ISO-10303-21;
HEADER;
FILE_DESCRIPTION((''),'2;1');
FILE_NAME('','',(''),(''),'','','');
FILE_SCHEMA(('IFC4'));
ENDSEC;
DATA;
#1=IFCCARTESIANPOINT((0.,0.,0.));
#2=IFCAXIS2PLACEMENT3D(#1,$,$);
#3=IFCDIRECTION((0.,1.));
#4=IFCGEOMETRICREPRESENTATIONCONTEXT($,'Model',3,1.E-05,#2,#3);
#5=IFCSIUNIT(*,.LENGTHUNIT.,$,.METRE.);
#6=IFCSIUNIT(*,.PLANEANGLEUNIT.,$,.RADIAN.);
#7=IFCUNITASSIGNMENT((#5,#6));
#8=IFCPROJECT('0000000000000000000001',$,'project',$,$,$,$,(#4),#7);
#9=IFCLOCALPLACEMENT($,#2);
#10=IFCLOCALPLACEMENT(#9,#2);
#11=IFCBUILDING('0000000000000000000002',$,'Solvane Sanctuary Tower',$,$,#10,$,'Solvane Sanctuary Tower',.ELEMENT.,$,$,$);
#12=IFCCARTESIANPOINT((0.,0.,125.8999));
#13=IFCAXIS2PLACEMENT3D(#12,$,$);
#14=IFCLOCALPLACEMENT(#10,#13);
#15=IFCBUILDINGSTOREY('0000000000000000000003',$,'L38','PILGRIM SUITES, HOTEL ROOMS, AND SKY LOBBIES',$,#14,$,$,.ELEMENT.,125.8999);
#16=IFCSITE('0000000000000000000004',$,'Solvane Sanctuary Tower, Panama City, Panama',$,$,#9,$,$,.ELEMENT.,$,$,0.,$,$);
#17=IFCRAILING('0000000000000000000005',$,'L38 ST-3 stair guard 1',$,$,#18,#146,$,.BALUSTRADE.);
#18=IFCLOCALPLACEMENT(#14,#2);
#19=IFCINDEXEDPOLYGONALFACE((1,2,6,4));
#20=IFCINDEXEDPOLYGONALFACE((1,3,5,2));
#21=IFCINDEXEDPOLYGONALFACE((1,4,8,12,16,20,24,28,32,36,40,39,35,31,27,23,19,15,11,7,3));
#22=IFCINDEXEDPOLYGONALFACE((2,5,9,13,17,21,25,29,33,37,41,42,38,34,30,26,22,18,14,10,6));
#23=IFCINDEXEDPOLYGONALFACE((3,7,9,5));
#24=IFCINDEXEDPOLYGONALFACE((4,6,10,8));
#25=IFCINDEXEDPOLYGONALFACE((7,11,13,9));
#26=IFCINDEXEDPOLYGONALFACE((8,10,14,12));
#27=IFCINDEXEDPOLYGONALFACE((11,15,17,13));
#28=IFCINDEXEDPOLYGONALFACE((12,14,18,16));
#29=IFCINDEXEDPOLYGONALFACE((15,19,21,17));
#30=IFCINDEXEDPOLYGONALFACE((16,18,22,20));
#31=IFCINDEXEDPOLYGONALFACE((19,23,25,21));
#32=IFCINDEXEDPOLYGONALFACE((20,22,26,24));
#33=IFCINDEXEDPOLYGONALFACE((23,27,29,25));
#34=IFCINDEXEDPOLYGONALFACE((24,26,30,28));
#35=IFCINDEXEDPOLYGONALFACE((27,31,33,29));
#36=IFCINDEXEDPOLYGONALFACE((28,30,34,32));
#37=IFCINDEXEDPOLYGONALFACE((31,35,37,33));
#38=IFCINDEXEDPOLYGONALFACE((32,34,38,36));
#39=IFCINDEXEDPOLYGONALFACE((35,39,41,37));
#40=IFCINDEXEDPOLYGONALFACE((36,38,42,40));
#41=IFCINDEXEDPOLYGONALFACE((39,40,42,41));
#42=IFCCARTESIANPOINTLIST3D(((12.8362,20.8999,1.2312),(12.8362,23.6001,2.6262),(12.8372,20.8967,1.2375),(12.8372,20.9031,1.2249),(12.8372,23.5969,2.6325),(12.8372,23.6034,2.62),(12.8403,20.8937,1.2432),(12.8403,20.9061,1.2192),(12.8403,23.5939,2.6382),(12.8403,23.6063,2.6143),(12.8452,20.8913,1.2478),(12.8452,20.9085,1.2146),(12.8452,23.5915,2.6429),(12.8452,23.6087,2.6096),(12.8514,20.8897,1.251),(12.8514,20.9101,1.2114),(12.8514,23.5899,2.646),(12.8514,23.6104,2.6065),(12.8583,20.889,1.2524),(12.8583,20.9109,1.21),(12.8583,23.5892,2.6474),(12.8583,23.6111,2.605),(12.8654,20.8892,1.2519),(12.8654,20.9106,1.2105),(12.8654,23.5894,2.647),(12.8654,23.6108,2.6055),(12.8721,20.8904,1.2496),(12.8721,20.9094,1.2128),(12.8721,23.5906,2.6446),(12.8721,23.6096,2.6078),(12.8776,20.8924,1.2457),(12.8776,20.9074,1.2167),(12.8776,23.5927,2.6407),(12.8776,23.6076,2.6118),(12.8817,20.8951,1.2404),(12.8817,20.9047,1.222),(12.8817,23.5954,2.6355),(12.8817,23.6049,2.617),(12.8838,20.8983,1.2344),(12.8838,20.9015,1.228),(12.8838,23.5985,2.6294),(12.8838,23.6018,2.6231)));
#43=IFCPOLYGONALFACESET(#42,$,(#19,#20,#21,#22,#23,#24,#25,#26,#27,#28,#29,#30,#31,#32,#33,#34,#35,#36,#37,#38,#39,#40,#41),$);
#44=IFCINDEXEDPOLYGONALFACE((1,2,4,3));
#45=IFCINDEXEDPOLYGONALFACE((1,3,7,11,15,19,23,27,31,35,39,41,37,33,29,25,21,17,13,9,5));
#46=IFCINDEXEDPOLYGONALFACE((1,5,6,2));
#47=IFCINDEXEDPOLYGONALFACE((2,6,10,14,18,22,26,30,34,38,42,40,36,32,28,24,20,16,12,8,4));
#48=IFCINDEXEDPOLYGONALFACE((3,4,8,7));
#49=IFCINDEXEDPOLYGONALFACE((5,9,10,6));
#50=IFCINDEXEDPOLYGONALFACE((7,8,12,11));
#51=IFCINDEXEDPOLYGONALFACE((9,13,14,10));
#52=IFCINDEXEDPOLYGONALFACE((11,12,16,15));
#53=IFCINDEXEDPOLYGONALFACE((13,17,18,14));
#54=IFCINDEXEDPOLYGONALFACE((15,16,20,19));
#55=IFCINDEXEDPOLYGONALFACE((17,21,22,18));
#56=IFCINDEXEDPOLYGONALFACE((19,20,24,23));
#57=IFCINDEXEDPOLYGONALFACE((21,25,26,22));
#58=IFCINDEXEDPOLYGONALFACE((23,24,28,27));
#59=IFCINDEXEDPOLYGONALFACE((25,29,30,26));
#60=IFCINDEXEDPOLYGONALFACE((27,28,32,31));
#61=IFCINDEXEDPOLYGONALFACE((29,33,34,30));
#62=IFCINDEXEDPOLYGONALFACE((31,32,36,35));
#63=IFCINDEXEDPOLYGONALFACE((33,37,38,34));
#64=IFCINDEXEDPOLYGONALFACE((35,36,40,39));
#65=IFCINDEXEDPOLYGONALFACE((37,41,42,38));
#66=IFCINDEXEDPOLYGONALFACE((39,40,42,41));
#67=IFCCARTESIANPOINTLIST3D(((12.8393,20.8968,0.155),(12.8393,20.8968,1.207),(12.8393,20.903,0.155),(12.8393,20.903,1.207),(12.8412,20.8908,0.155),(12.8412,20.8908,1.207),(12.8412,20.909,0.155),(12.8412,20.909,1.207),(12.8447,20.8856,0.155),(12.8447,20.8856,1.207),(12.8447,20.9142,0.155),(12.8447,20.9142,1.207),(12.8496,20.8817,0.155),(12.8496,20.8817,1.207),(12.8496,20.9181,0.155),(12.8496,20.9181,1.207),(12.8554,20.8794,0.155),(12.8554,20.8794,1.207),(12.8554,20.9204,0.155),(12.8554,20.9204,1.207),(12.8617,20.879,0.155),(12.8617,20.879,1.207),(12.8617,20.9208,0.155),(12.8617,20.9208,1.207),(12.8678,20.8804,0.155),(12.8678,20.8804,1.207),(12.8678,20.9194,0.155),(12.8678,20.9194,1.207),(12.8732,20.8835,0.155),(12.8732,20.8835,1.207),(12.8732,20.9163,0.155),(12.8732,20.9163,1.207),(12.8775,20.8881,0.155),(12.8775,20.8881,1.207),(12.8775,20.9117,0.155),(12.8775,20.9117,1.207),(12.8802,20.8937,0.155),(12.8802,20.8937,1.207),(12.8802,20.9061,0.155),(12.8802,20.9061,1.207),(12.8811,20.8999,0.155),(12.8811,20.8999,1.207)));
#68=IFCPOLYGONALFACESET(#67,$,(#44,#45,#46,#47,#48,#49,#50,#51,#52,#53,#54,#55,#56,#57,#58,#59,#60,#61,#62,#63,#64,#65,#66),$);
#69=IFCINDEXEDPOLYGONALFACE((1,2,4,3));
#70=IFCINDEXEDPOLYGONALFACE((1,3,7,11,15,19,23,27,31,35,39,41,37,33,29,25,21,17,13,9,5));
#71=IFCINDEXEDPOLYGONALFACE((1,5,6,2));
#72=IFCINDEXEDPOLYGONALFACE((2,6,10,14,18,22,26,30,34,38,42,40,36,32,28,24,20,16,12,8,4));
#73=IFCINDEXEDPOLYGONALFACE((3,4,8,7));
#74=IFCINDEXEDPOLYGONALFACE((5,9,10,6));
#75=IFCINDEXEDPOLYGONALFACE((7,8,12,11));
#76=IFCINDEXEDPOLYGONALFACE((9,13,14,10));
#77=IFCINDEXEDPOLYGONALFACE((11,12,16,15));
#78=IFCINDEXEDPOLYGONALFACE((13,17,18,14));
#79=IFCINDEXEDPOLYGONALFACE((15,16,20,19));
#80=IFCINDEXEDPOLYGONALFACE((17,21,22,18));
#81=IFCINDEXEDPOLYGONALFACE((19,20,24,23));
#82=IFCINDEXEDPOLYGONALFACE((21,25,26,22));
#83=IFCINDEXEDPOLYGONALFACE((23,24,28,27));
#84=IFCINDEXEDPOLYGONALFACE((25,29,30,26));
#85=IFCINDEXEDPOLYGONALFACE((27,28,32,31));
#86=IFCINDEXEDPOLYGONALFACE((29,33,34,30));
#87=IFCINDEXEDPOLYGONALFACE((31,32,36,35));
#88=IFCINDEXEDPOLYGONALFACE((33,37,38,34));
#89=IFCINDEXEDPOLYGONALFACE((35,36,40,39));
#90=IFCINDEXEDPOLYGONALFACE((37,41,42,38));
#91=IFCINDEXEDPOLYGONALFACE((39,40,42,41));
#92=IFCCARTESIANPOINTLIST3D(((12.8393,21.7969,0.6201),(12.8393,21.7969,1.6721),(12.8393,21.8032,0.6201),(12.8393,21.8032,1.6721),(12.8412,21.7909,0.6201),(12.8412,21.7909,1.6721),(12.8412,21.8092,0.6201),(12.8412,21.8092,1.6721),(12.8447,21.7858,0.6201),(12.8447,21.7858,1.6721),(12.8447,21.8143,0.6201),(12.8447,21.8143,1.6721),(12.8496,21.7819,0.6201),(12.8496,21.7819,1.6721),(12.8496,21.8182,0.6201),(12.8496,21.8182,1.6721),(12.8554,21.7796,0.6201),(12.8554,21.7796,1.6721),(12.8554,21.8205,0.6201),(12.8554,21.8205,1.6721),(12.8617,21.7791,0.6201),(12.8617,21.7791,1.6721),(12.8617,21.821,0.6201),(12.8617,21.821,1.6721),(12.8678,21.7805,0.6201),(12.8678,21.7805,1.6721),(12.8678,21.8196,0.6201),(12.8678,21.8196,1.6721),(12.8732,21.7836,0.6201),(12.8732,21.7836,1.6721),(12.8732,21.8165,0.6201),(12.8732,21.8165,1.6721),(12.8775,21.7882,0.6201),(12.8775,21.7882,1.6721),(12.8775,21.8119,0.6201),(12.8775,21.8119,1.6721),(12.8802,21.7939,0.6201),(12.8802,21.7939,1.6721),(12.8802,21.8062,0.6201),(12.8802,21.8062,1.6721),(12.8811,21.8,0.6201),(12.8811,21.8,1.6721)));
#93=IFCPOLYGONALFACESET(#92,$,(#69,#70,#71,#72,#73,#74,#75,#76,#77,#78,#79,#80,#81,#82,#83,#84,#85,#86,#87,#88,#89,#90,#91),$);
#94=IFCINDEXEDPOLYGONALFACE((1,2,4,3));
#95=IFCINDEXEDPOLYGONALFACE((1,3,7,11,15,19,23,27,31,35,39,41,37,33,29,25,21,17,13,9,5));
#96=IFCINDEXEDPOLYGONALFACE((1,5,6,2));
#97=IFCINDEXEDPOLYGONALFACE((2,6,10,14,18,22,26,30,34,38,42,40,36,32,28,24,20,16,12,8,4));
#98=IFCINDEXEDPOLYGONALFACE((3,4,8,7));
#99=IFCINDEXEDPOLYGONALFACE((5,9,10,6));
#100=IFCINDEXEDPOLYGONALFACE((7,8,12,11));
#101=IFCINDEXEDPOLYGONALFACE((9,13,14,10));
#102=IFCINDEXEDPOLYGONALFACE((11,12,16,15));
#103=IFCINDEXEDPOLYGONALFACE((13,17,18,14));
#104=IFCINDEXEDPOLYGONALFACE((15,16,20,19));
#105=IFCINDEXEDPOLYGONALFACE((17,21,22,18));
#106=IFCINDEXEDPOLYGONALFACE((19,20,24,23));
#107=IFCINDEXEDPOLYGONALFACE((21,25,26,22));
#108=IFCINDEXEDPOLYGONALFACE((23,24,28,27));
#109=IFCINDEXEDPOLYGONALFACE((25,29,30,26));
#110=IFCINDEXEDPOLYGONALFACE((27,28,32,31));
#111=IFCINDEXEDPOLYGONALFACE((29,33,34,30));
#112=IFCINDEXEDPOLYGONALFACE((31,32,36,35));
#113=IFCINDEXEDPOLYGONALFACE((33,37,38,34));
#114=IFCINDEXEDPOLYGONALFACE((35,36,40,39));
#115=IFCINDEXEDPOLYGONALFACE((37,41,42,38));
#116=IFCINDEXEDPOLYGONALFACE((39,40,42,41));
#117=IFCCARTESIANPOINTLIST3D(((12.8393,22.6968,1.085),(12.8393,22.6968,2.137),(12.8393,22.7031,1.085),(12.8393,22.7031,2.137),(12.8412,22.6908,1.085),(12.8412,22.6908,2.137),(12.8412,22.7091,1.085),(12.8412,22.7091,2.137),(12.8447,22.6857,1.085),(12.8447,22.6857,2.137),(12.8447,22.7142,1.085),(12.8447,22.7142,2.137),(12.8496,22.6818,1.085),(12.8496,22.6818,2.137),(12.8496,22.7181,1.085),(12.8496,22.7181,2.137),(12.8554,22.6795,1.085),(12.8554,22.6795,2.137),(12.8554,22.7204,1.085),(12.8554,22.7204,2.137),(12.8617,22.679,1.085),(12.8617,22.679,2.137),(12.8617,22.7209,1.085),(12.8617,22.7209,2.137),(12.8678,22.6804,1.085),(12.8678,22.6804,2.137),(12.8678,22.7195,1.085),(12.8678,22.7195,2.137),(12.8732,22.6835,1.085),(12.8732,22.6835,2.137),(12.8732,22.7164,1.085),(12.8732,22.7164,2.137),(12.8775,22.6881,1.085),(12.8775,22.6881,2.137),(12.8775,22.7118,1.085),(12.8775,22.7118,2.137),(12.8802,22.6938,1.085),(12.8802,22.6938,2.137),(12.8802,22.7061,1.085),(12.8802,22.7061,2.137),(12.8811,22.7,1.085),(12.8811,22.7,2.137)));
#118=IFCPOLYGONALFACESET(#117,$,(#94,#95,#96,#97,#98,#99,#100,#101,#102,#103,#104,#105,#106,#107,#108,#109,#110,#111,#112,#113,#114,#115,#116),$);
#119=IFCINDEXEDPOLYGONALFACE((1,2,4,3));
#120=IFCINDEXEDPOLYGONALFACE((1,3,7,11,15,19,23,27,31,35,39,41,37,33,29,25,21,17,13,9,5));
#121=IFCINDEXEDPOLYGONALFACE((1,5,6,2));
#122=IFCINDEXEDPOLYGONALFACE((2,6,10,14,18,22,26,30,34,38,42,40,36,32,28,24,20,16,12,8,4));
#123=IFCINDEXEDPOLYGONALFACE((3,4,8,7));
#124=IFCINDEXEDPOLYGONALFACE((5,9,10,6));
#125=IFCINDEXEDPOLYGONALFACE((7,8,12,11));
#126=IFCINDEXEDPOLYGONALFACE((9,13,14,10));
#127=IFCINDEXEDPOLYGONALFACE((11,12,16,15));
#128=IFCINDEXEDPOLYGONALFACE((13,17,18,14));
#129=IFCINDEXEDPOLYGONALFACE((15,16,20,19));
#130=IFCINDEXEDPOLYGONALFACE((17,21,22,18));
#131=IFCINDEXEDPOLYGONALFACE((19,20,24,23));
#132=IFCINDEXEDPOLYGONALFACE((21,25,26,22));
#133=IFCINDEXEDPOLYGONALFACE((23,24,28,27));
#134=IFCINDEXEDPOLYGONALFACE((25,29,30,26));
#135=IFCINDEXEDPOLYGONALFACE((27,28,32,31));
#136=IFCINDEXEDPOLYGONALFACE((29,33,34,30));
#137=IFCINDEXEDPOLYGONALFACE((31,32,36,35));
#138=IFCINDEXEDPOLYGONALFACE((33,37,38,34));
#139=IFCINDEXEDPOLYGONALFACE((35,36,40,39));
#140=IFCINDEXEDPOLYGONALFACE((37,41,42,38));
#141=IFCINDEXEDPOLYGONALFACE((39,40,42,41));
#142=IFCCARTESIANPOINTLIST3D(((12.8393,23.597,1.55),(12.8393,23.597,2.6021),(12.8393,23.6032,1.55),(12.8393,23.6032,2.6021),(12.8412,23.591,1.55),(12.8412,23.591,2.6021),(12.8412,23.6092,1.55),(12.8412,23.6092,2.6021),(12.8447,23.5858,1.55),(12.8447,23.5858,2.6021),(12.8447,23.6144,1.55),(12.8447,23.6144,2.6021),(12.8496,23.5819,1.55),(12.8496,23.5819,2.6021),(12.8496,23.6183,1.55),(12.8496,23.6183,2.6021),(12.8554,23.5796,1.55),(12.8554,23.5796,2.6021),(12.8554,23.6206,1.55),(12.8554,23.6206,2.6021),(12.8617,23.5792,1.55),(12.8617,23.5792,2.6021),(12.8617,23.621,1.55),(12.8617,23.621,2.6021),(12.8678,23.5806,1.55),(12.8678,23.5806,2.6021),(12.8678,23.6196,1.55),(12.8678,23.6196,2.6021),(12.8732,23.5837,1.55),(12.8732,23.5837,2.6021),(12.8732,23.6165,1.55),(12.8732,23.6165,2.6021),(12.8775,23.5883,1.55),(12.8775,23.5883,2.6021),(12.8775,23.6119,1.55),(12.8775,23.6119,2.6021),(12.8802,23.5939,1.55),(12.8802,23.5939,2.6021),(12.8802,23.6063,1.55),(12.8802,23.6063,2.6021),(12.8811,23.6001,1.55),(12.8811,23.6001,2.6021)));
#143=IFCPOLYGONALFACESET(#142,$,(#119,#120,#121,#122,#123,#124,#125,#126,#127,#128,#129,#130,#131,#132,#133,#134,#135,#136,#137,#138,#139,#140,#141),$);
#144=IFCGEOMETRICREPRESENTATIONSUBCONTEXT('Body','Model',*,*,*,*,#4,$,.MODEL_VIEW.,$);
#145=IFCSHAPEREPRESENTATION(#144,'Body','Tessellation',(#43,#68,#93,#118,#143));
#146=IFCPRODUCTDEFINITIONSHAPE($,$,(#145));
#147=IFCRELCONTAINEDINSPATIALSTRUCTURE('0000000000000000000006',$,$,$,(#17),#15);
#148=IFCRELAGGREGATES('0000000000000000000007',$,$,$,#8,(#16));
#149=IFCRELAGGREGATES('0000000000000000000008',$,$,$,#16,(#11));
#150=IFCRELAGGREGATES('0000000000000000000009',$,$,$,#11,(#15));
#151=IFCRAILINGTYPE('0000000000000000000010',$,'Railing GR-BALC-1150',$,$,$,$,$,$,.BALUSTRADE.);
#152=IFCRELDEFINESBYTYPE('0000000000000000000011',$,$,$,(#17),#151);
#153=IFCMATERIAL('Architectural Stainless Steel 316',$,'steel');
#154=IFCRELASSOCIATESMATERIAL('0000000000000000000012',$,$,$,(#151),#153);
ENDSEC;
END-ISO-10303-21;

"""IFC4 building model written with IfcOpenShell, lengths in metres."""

from ifc_helpers import new_model, si_unit, direction, frame, origin, origin_2d, place, context, subcontext, project, spatial, circle, extrude, material, type_object, element, save


model = new_model("IFC4")

# Units and contexts
model_context = context("Model", 3, precision=1e-05, world=origin(), true_north=direction((0.0, 1.0)))
body_context = subcontext(model_context, "Body", "Model", "MODEL_VIEW")
ifc_project = project(units=[si_unit("LENGTHUNIT", "METRE"), si_unit("PLANEANGLEUNIT", "RADIAN")], contexts=[model_context])

# Site, building, storey
site_placement = place(None, origin())
site = spatial("IfcSite", under=ifc_project, at=site_placement, Name="Solvane Sanctuary Tower, Panama City, Panama", CompositionType="ELEMENT", RefElevation=0.0)
building_placement = place(site_placement, origin())
building = spatial("IfcBuilding", under=site, at=building_placement, Name="Solvane Sanctuary Tower", LongName="Solvane Sanctuary Tower", CompositionType="ELEMENT")
storey_placement = place(building_placement, frame((0.0, 0.0, 125.8999)))
storey = spatial("IfcBuildingStorey", under=building, at=storey_placement, Name="L38", Description="PILGRIM SUITES, HOTEL ROOMS, AND SKY LOBBIES", CompositionType="ELEMENT", Elevation=125.8999)

# Shared definitions
ifc_material_1 = material(Name="Architectural Stainless Steel 316", Category="steel")

# Railing
railing_type_1 = type_object("IfcRailingType", Name="Railing GR-BALC-1150", PredefinedType="BALUSTRADE", material=ifc_material_1)
railing_1_placement = place(storey_placement, frame((12.8601, 20.8999, 0.155)))
element("IfcRailing", 1, at=railing_1_placement, inside=storey, type_object=railing_type_1, Name="L38 ST-3 stair guard 1", PredefinedType="BALUSTRADE", context=body_context, shape_type="SweptSolid", body=[
    extrude(circle(Radius=0.0239, at=origin_2d()), frame((0.0, 0.0, 1.0762), z_axis=(0.0, 0.888437, 0.458999), x_axis=(-1.0, 0.0, 0.0)), (0.0, 0.0, 1.0), 3.0393),
    extrude(circle(Radius=0.021, at=origin_2d()), origin(), (0.0, 0.0, 1.0), 1.052),
    extrude(circle(Radius=0.021, at=origin_2d()), frame((0.0, 0.9001, 0.4651)), (0.0, 0.0, 1.0), 1.052),
    extrude(circle(Radius=0.021, at=origin_2d()), frame((0.0, 1.8, 0.9299)), (0.0, 0.0, 1.0), 1.052),
    extrude(circle(Radius=0.021, at=origin_2d()), frame((0.0, 2.7002, 1.395)), (0.0, 0.0, 1.0), 1.052),
])

save(model, "model.ifc")
